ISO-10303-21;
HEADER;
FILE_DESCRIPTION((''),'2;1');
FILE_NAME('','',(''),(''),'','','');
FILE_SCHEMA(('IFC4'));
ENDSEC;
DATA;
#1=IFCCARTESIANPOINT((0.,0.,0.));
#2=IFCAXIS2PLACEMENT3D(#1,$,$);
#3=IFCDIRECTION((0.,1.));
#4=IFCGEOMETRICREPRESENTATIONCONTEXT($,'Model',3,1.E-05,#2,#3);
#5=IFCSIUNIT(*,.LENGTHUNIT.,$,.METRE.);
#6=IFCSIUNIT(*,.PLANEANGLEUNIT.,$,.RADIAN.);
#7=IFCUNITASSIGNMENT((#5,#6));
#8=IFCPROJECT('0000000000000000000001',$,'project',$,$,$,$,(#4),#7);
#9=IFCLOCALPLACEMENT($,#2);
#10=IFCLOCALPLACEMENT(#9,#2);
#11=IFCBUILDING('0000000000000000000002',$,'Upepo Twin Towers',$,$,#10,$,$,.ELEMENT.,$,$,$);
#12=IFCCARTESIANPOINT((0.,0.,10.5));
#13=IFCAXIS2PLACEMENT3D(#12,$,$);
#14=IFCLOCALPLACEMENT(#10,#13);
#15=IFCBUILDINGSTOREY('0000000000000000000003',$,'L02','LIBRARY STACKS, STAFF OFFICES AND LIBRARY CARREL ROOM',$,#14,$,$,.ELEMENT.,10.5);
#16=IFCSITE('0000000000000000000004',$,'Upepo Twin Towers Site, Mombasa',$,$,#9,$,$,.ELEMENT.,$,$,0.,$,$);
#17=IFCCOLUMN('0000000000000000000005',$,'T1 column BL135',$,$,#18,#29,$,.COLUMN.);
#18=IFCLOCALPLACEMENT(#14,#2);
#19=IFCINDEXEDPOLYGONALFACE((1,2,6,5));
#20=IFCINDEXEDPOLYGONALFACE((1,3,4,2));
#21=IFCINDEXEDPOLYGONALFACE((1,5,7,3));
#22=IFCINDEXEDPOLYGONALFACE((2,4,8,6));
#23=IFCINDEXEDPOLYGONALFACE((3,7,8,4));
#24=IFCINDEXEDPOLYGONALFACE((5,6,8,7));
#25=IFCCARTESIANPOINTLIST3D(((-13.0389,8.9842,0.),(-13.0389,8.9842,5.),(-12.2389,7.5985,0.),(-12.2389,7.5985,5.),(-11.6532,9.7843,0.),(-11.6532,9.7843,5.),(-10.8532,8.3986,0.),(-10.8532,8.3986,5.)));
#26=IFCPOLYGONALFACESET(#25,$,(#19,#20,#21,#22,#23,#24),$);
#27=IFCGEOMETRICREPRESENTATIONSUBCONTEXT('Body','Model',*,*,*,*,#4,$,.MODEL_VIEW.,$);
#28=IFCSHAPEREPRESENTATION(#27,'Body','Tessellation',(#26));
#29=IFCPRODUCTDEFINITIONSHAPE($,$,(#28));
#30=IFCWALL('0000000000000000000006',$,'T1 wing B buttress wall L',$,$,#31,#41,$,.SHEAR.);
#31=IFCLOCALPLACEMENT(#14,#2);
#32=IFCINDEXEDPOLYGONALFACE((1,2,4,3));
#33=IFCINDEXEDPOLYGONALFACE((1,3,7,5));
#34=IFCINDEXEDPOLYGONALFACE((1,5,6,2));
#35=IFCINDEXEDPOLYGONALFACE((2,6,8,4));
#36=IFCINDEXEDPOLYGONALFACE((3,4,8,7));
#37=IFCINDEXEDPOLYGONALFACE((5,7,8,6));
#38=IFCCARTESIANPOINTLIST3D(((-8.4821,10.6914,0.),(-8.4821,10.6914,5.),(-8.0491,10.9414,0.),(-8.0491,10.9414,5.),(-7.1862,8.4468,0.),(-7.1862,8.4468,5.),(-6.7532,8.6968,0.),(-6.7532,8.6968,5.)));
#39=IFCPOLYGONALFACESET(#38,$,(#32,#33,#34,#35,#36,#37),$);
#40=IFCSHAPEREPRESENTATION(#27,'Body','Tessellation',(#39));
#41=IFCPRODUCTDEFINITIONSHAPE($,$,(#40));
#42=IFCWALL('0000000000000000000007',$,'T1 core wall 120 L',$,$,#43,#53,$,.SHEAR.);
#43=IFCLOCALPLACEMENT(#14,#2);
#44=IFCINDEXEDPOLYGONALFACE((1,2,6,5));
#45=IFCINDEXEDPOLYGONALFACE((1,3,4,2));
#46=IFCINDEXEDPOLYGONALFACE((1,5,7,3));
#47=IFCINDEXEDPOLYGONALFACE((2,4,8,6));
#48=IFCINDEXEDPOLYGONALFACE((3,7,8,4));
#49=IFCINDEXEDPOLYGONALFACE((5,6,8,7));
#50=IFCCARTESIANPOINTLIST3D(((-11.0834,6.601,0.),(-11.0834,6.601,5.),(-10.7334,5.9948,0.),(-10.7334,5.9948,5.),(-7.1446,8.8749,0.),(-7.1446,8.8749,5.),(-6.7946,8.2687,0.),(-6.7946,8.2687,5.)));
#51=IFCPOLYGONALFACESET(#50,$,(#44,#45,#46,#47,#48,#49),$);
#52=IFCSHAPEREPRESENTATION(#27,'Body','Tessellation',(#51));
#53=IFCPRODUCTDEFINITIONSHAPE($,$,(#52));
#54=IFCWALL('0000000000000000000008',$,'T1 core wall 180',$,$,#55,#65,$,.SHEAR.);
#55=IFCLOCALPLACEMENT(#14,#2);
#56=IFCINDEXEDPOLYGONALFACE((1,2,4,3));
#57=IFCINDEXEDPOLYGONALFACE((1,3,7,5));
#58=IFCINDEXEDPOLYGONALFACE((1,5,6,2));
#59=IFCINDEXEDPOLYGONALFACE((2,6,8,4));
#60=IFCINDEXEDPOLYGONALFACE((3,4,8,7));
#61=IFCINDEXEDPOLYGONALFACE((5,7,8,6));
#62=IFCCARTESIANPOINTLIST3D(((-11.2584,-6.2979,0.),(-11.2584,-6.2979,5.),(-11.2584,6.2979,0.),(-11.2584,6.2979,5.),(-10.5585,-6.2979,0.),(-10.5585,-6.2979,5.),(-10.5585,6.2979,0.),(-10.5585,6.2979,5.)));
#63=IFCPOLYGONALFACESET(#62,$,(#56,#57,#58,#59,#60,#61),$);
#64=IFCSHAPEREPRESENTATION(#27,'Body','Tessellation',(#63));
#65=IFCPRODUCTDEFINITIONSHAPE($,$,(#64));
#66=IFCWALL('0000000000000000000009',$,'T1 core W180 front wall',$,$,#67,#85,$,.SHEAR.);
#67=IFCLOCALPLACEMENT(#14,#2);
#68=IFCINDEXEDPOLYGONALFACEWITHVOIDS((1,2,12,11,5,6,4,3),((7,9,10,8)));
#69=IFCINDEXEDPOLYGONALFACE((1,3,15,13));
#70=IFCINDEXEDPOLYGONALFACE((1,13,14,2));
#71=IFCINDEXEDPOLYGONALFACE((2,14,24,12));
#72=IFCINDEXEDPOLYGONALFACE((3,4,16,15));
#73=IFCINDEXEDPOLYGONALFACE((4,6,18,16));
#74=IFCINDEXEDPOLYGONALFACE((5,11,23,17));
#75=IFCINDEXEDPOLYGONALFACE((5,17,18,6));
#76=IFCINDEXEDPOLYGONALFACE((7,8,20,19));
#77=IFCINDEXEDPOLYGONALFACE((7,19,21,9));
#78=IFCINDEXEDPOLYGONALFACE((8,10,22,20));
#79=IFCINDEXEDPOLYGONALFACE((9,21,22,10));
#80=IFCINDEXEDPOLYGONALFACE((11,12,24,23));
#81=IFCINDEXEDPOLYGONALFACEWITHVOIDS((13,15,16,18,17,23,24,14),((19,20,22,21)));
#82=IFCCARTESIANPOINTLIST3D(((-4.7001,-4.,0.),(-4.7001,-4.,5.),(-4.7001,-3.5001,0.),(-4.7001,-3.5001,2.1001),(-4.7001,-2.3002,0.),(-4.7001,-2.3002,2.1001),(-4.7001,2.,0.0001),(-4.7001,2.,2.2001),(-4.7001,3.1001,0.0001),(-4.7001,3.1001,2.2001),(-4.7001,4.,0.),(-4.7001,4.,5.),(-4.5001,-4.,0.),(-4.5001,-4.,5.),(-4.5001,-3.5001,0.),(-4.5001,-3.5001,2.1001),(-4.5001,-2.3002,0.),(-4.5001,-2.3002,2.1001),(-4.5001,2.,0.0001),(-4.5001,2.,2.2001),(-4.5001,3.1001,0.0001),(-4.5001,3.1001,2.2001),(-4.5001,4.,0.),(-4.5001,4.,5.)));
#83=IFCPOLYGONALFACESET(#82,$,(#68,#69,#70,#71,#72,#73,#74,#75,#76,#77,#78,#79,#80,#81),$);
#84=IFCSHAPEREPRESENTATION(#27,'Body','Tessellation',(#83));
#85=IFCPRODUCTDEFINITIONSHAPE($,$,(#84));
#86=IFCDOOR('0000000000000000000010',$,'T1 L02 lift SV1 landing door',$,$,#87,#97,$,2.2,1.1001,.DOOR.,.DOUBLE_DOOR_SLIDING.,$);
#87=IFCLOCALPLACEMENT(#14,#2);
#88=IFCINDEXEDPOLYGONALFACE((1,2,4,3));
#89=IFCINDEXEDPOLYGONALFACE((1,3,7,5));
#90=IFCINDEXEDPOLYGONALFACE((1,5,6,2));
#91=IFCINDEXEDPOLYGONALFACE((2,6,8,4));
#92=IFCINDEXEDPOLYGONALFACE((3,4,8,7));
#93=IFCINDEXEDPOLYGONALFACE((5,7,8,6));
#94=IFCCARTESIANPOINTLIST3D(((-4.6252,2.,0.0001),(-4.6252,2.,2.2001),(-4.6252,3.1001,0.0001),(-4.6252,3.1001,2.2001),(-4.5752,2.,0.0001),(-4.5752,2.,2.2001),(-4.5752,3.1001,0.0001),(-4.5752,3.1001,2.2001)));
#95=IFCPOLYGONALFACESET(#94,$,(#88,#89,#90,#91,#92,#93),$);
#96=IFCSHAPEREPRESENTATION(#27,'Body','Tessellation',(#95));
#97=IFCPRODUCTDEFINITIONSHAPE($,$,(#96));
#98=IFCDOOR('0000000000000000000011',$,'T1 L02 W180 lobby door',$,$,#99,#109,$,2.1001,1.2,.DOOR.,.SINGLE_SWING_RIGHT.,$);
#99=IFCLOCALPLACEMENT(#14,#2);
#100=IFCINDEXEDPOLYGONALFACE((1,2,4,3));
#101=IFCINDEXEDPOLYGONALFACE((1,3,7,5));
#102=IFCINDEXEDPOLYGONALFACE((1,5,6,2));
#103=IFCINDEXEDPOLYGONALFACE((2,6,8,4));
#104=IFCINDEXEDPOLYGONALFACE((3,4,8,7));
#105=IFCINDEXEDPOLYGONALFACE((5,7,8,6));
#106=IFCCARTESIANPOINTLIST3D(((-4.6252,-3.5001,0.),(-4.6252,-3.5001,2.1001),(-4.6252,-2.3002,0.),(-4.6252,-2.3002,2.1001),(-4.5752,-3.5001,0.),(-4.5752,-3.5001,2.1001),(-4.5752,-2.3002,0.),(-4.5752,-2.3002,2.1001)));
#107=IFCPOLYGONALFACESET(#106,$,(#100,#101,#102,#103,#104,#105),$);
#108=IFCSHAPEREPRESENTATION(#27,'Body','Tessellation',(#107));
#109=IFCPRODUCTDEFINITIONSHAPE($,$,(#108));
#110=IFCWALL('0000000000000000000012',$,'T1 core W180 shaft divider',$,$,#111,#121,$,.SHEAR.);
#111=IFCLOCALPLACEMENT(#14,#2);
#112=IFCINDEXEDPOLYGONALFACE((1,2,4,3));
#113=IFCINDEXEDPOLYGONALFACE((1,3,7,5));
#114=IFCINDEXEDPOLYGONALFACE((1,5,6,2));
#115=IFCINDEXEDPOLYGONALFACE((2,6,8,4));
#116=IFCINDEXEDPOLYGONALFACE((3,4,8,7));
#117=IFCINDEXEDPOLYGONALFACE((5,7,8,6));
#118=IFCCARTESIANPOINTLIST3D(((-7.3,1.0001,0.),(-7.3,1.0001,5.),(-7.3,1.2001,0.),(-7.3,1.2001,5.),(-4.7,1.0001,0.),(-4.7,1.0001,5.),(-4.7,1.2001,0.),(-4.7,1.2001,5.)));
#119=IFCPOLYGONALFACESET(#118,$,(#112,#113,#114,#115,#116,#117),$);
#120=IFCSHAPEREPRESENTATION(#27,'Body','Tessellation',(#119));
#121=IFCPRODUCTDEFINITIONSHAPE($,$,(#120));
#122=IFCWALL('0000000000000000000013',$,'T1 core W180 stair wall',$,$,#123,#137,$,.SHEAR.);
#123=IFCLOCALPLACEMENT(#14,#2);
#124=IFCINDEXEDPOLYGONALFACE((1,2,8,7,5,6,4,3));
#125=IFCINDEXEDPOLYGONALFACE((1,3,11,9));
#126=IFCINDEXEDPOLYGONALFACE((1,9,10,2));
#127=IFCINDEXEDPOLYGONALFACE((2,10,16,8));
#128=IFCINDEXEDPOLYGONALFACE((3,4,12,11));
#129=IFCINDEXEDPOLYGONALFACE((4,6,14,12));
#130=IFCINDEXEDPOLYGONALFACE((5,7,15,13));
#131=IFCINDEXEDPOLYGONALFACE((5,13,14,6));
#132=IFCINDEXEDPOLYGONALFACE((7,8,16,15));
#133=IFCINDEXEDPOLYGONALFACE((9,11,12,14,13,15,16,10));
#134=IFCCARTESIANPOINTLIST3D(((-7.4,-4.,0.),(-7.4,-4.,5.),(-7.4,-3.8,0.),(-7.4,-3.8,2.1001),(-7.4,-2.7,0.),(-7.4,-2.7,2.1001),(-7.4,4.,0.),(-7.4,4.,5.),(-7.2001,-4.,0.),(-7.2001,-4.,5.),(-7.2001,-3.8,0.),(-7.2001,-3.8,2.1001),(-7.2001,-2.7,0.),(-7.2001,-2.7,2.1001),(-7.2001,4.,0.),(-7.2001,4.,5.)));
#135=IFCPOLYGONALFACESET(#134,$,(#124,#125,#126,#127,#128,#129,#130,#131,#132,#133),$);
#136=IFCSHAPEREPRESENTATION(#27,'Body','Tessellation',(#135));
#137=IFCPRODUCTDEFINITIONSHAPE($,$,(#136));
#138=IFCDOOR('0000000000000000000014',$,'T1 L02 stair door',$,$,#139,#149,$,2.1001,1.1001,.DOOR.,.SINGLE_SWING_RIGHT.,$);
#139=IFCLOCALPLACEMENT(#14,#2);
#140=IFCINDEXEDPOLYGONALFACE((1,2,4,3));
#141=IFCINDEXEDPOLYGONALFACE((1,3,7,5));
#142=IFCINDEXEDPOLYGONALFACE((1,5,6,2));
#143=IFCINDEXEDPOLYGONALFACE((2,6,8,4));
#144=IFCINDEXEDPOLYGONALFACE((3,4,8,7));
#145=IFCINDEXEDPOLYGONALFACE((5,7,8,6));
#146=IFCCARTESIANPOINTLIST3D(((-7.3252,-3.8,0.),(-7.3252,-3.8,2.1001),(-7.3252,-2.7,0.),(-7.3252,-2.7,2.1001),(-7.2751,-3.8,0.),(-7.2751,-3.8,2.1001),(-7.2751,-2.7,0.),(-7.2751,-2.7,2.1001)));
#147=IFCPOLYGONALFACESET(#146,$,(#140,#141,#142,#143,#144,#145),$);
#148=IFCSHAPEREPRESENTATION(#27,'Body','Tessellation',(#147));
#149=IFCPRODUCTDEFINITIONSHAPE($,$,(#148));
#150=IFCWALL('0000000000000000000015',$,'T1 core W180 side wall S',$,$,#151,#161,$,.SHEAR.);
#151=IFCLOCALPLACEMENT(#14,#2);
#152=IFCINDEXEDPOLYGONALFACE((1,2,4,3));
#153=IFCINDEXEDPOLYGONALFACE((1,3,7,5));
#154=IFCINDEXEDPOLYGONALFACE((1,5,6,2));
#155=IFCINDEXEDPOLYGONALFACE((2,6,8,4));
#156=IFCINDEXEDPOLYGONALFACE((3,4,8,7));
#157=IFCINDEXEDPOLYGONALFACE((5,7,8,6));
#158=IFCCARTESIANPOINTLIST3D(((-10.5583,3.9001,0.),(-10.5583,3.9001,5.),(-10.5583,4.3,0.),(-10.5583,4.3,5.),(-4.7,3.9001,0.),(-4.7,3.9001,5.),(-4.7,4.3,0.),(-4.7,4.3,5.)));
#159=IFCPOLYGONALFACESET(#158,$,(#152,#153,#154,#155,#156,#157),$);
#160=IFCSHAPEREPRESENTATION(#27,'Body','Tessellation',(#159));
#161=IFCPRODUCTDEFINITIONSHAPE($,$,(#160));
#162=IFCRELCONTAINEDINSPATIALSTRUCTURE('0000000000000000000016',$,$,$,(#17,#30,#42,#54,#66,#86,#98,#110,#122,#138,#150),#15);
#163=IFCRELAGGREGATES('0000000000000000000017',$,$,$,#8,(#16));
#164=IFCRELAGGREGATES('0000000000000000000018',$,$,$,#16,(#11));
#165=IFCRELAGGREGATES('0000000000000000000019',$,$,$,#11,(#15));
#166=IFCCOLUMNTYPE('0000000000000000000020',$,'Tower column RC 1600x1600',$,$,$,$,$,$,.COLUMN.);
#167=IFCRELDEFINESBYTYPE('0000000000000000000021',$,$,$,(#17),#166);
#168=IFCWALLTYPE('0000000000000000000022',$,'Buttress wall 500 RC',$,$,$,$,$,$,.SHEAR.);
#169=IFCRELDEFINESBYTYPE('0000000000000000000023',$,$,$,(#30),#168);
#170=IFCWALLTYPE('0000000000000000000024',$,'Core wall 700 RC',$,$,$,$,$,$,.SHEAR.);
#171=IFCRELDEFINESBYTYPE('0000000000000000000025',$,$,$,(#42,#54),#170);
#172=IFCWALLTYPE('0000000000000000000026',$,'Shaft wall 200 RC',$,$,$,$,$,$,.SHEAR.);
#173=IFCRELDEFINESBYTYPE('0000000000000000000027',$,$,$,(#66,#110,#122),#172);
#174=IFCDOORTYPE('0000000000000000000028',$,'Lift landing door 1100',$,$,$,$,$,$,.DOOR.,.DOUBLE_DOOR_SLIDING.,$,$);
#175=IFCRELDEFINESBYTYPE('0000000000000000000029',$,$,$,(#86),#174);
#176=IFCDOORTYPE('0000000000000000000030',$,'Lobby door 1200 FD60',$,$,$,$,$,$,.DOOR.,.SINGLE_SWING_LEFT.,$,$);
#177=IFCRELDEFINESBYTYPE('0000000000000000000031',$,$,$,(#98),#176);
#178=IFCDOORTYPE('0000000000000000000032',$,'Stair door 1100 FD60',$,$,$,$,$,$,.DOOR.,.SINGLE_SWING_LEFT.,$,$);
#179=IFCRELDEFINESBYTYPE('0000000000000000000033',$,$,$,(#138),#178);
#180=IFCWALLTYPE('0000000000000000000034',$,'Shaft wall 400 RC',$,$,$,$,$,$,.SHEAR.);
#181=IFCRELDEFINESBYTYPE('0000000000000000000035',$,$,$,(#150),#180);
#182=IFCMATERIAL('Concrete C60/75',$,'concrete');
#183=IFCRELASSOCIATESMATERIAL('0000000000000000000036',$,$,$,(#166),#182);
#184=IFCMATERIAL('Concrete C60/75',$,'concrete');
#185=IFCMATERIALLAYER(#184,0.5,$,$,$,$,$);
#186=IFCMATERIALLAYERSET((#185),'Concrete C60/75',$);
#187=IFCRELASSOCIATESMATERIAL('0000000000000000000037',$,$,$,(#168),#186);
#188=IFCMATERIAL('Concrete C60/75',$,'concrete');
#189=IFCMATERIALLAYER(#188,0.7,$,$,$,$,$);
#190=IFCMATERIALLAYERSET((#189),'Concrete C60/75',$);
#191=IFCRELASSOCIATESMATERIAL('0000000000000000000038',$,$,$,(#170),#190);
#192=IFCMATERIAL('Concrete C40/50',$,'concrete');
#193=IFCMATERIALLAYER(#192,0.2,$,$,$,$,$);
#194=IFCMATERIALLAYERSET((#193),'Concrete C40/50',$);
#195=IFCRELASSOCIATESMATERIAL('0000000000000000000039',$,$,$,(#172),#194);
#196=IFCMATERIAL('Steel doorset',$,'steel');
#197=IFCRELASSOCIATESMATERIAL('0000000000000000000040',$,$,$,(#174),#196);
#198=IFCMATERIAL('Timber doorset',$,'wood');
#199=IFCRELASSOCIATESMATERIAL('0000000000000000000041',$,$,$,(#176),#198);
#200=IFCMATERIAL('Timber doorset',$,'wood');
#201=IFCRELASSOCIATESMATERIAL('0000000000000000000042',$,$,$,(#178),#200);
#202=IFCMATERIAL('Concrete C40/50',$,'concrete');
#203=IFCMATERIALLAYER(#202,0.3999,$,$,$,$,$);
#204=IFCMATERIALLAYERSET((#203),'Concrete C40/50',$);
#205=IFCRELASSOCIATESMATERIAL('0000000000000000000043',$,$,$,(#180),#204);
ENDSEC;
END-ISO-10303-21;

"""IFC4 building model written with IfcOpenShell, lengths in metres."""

from ifc_helpers import new_model, si_unit, direction, frame, frame_2d, origin, origin_2d, place, context, subcontext, project, spatial, rectangle, extrude, material, layer, layer_set, material_profile, profile_set, type_object, element, fill, save


model = new_model("IFC4")

# Units and contexts
model_context = context("Model", 3, precision=1e-05, world=origin(), true_north=direction((0.0, 1.0)))
body_context = subcontext(model_context, "Body", "Model", "MODEL_VIEW")
ifc_project = project(units=[si_unit("LENGTHUNIT", "METRE"), si_unit("PLANEANGLEUNIT", "RADIAN")], contexts=[model_context])

# Site, building, storey
site_placement = place(None, origin())
site = spatial("IfcSite", under=ifc_project, at=site_placement, Name="Upepo Twin Towers Site, Mombasa", CompositionType="ELEMENT", RefElevation=0.0)
building_placement = place(site_placement, origin())
building = spatial("IfcBuilding", under=site, at=building_placement, Name="Upepo Twin Towers", CompositionType="ELEMENT")
storey_placement = place(building_placement, frame((0.0, 0.0, 10.5)))
storey = spatial("IfcBuildingStorey", under=building, at=storey_placement, Name="L02", Description="LIBRARY STACKS, STAFF OFFICES AND LIBRARY CARREL ROOM", CompositionType="ELEMENT", Elevation=10.5)

# Column
ifc_material_1 = material(Name="Concrete C60/75", Category="concrete")
ifc_material_profile = material_profile(ifc_material_1, rectangle(XDim=1.6001, YDim=1.6001, at=origin_2d()), Name="RC 1600x1600")
ifc_profile_set = profile_set([ifc_material_profile], Name="Concrete C60/75")
column_type = type_object("IfcColumnType", Name="Tower column RC 1600x1600", PredefinedType="COLUMN", material=ifc_profile_set)
column_placement = place(storey_placement, frame((-11.946, 8.6914, 0.0), z_axis=(0.0, 0.0, 1.0), x_axis=(0.866025, 0.5, 0.0)))
element("IfcColumn", 1, at=column_placement, inside=storey, type_object=column_type, Name="T1 column BL135", PredefinedType="COLUMN", context=body_context, shape_type="SweptSolid", body=[
    extrude(rectangle(XDim=1.6001, YDim=1.6001, at=origin_2d()), origin(), (0.0, 0.0, 1.0), 5.0),
])

# Walls
ifc_material_2 = material(Name="Concrete C60/75", Category="concrete")
ifc_layer_1 = layer(ifc_material_2, 0.5)
ifc_layer_set_1 = layer_set([ifc_layer_1], Name="Concrete C60/75")
wall_type_1 = type_object("IfcWallType", Name="Buttress wall 500 RC", PredefinedType="SHEAR", material=ifc_layer_set_1)
wall_1_placement = place(storey_placement, frame((-6.9697, 8.5718, 0.0), z_axis=(0.0, 0.0, 1.0), x_axis=(-0.499989, 0.866032, 0.0)))
element("IfcWall", 2, at=wall_1_placement, inside=storey, type_object=wall_type_1, Name="T1 wing B buttress wall L", PredefinedType="SHEAR", context=body_context, shape_type="SweptSolid", body=[
    extrude(rectangle(XDim=2.5918, YDim=0.5, at=frame_2d((1.2959, 0.0))), origin(), (0.0, 0.0, 1.0), 5.0),
])
ifc_material_3 = material(Name="Concrete C60/75", Category="concrete")
ifc_layer_2 = layer(ifc_material_3, 0.7)
ifc_layer_set_2 = layer_set([ifc_layer_2], Name="Concrete C60/75")
wall_type_2 = type_object("IfcWallType", Name="Core wall 700 RC", PredefinedType="SHEAR", material=ifc_layer_set_2)
wall_2_placement = place(storey_placement, frame((-6.9697, 8.5718, 0.0), z_axis=(0.0, 0.0, 1.0), x_axis=(-0.866035, -0.499984, 0.0)))
element("IfcWall", 3, at=wall_2_placement, inside=storey, type_object=wall_type_2, Name="T1 core wall 120 L", PredefinedType="SHEAR", context=body_context, shape_type="SweptSolid", body=[
    extrude(rectangle(XDim=4.5481, YDim=0.7, at=frame_2d((2.2739, 0.0))), origin(), (0.0, 0.0, 1.0), 5.0),
])
wall_3_placement = place(storey_placement, frame((-10.9084, 6.2979, 0.0), z_axis=(0.0, 0.0, 1.0), x_axis=(0.0, -1.0, 0.0)))
element("IfcWall", 4, at=wall_3_placement, inside=storey, type_object=wall_type_2, Name="T1 core wall 180", PredefinedType="SHEAR", context=body_context, shape_type="SweptSolid", body=[
    extrude(rectangle(XDim=12.5957, YDim=0.7, at=frame_2d((6.2979, 0.0))), origin(), (0.0, 0.0, 1.0), 5.0),
])

# Wall, openings, doors
ifc_material_4 = material(Name="Concrete C40/50", Category="concrete")
ifc_layer_3 = layer(ifc_material_4, 0.2)
ifc_layer_set_3 = layer_set([ifc_layer_3], Name="Concrete C40/50")
wall_type_3 = type_object("IfcWallType", Name="Shaft wall 200 RC", PredefinedType="SHEAR", material=ifc_layer_set_3)
wall_4_placement = place(storey_placement, frame((-4.6001, 4.0, 0.0), z_axis=(0.0, 0.0, 1.0), x_axis=(0.0, -1.0, 0.0)))
wall_4 = element("IfcWall", 5, at=wall_4_placement, inside=storey, type_object=wall_type_3, Name="T1 core W180 front wall", PredefinedType="SHEAR", context=body_context, shape_type="SweptSolid", body=[
    extrude(rectangle(XDim=8.0, YDim=0.2, at=frame_2d((4.0, 0.0))), origin(), (0.0, 0.0, 1.0), 5.0),
])
opening_1_placement = place(wall_4_placement, frame((6.3, 0.0, 0.0)))
opening_1 = element("IfcOpeningElement", 6, at=opening_1_placement, cuts=wall_4, PredefinedType="OPENING", context=body_context, shape_type="SweptSolid", body=[
    extrude(rectangle(XDim=1.2, YDim=2.1001, at=frame_2d((0.6001, 1.05))), frame((0.0, 0.1099, 0.0), z_axis=(0.0, -1.0, 0.0), x_axis=(1.0, 0.0, 0.0)), (0.0, 0.0, 1.0), 0.22),
])
opening_2_placement = place(wall_4_placement, frame((0.8999, 0.0, 0.0)))
opening_2 = element("IfcOpeningElement", 7, at=opening_2_placement, cuts=wall_4, PredefinedType="OPENING", context=body_context, shape_type="SweptSolid", body=[
    extrude(rectangle(XDim=1.1001, YDim=2.2, at=frame_2d((0.55, 1.1001))), frame((0.0, 0.1099, 0.0), z_axis=(0.0, -1.0, 0.0), x_axis=(1.0, 0.0, 0.0)), (0.0, 0.0, 1.0), 0.22),
])
ifc_material_5 = material(Name="Steel doorset", Category="steel")
door_type_1 = type_object("IfcDoorType", Name="Lift landing door 1100", OperationType="DOUBLE_DOOR_SLIDING", PredefinedType="DOOR", material=ifc_material_5)
door_1_placement = place(opening_2_placement, origin())
door_1 = element("IfcDoor", 8, at=door_1_placement, inside=storey, type_object=door_type_1, Name="T1 L02 lift SV1 landing door", OperationType="DOUBLE_DOOR_SLIDING", OverallHeight=2.2, OverallWidth=1.1001, PredefinedType="DOOR", context=body_context, shape_type="SweptSolid", body=[
    extrude(rectangle(XDim=1.1001, YDim=2.2, at=frame_2d((0.55, 1.1001))), frame((0.0, 0.0249, 0.0), z_axis=(0.0, -1.0, 0.0), x_axis=(1.0, 0.0, 0.0)), (0.0, 0.0, 1.0), 0.05),
])
fill(opening_2, door_1)
ifc_material_6 = material(Name="Timber doorset", Category="wood")
door_type_2 = type_object("IfcDoorType", Name="Lobby door 1200 FD60", OperationType="SINGLE_SWING_LEFT", PredefinedType="DOOR", material=ifc_material_6)
door_2_placement = place(opening_1_placement, origin())
door_2 = element("IfcDoor", 9, at=door_2_placement, inside=storey, type_object=door_type_2, Name="T1 L02 W180 lobby door", OperationType="SINGLE_SWING_RIGHT", OverallHeight=2.1001, OverallWidth=1.2, PredefinedType="DOOR", context=body_context, shape_type="SweptSolid", body=[
    extrude(rectangle(XDim=1.2, YDim=2.1001, at=frame_2d((0.6001, 1.05))), frame((0.0, 0.0249, 0.0), z_axis=(0.0, -1.0, 0.0), x_axis=(1.0, 0.0, 0.0)), (0.0, 0.0, 1.0), 0.05),
])
fill(opening_1, door_2)

# Wall
wall_5_placement = place(storey_placement, frame((-4.7, 1.1001, 0.0), z_axis=(0.0, 0.0, 1.0), x_axis=(-1.0, 0.0, 0.0)))
element("IfcWall", 10, at=wall_5_placement, inside=storey, type_object=wall_type_3, Name="T1 core W180 shaft divider", PredefinedType="SHEAR", context=body_context, shape_type="SweptSolid", body=[
    extrude(rectangle(XDim=2.6001, YDim=0.2, at=frame_2d((1.3, 0.0))), origin(), (0.0, 0.0, 1.0), 5.0),
])

# Wall, opening, door
wall_6_placement = place(storey_placement, frame((-7.3, 4.0, 0.0), z_axis=(0.0, 0.0, 1.0), x_axis=(0.0, -1.0, 0.0)))
wall_6 = element("IfcWall", 11, at=wall_6_placement, inside=storey, type_object=wall_type_3, Name="T1 core W180 stair wall", PredefinedType="SHEAR", context=body_context, shape_type="SweptSolid", body=[
    extrude(rectangle(XDim=8.0, YDim=0.2, at=frame_2d((4.0, 0.0))), origin(), (0.0, 0.0, 1.0), 5.0),
])
opening_3_placement = place(wall_6_placement, frame((6.7, 0.0, 0.0)))
opening_3 = element("IfcOpeningElement", 12, at=opening_3_placement, cuts=wall_6, PredefinedType="OPENING", context=body_context, shape_type="SweptSolid", body=[
    extrude(rectangle(XDim=1.1001, YDim=2.1001, at=frame_2d((0.55, 1.05))), frame((0.0, 0.1099, 0.0), z_axis=(0.0, -1.0, 0.0), x_axis=(1.0, 0.0, 0.0)), (0.0, 0.0, 1.0), 0.22),
])
ifc_material_7 = material(Name="Timber doorset", Category="wood")
door_type_3 = type_object("IfcDoorType", Name="Stair door 1100 FD60", OperationType="SINGLE_SWING_LEFT", PredefinedType="DOOR", material=ifc_material_7)
door_3_placement = place(opening_3_placement, origin())
door_3 = element("IfcDoor", 13, at=door_3_placement, inside=storey, type_object=door_type_3, Name="T1 L02 stair door", OperationType="SINGLE_SWING_RIGHT", OverallHeight=2.1001, OverallWidth=1.1001, PredefinedType="DOOR", context=body_context, shape_type="SweptSolid", body=[
    extrude(rectangle(XDim=1.1001, YDim=2.1001, at=frame_2d((0.55, 1.05))), frame((0.0, 0.0249, 0.0), z_axis=(0.0, -1.0, 0.0), x_axis=(1.0, 0.0, 0.0)), (0.0, 0.0, 1.0), 0.05),
])
fill(opening_3, door_3)

# Wall
ifc_material_8 = material(Name="Concrete C40/50", Category="concrete")
ifc_layer_4 = layer(ifc_material_8, 0.3999)
ifc_layer_set_4 = layer_set([ifc_layer_4], Name="Concrete C40/50")
wall_type_4 = type_object("IfcWallType", Name="Shaft wall 400 RC", PredefinedType="SHEAR", material=ifc_layer_set_4)
wall_7_placement = place(storey_placement, frame((-4.7, 4.1001, 0.0), z_axis=(0.0, 0.0, 1.0), x_axis=(-1.0, 0.0, 0.0)))
element("IfcWall", 14, at=wall_7_placement, inside=storey, type_object=wall_type_4, Name="T1 core W180 side wall S", PredefinedType="SHEAR", context=body_context, shape_type="SweptSolid", body=[
    extrude(rectangle(XDim=5.8584, YDim=0.3999, at=frame_2d((2.9292, 0.0))), origin(), (0.0, 0.0, 1.0), 5.0),
])

save(model, "model.ifc")
